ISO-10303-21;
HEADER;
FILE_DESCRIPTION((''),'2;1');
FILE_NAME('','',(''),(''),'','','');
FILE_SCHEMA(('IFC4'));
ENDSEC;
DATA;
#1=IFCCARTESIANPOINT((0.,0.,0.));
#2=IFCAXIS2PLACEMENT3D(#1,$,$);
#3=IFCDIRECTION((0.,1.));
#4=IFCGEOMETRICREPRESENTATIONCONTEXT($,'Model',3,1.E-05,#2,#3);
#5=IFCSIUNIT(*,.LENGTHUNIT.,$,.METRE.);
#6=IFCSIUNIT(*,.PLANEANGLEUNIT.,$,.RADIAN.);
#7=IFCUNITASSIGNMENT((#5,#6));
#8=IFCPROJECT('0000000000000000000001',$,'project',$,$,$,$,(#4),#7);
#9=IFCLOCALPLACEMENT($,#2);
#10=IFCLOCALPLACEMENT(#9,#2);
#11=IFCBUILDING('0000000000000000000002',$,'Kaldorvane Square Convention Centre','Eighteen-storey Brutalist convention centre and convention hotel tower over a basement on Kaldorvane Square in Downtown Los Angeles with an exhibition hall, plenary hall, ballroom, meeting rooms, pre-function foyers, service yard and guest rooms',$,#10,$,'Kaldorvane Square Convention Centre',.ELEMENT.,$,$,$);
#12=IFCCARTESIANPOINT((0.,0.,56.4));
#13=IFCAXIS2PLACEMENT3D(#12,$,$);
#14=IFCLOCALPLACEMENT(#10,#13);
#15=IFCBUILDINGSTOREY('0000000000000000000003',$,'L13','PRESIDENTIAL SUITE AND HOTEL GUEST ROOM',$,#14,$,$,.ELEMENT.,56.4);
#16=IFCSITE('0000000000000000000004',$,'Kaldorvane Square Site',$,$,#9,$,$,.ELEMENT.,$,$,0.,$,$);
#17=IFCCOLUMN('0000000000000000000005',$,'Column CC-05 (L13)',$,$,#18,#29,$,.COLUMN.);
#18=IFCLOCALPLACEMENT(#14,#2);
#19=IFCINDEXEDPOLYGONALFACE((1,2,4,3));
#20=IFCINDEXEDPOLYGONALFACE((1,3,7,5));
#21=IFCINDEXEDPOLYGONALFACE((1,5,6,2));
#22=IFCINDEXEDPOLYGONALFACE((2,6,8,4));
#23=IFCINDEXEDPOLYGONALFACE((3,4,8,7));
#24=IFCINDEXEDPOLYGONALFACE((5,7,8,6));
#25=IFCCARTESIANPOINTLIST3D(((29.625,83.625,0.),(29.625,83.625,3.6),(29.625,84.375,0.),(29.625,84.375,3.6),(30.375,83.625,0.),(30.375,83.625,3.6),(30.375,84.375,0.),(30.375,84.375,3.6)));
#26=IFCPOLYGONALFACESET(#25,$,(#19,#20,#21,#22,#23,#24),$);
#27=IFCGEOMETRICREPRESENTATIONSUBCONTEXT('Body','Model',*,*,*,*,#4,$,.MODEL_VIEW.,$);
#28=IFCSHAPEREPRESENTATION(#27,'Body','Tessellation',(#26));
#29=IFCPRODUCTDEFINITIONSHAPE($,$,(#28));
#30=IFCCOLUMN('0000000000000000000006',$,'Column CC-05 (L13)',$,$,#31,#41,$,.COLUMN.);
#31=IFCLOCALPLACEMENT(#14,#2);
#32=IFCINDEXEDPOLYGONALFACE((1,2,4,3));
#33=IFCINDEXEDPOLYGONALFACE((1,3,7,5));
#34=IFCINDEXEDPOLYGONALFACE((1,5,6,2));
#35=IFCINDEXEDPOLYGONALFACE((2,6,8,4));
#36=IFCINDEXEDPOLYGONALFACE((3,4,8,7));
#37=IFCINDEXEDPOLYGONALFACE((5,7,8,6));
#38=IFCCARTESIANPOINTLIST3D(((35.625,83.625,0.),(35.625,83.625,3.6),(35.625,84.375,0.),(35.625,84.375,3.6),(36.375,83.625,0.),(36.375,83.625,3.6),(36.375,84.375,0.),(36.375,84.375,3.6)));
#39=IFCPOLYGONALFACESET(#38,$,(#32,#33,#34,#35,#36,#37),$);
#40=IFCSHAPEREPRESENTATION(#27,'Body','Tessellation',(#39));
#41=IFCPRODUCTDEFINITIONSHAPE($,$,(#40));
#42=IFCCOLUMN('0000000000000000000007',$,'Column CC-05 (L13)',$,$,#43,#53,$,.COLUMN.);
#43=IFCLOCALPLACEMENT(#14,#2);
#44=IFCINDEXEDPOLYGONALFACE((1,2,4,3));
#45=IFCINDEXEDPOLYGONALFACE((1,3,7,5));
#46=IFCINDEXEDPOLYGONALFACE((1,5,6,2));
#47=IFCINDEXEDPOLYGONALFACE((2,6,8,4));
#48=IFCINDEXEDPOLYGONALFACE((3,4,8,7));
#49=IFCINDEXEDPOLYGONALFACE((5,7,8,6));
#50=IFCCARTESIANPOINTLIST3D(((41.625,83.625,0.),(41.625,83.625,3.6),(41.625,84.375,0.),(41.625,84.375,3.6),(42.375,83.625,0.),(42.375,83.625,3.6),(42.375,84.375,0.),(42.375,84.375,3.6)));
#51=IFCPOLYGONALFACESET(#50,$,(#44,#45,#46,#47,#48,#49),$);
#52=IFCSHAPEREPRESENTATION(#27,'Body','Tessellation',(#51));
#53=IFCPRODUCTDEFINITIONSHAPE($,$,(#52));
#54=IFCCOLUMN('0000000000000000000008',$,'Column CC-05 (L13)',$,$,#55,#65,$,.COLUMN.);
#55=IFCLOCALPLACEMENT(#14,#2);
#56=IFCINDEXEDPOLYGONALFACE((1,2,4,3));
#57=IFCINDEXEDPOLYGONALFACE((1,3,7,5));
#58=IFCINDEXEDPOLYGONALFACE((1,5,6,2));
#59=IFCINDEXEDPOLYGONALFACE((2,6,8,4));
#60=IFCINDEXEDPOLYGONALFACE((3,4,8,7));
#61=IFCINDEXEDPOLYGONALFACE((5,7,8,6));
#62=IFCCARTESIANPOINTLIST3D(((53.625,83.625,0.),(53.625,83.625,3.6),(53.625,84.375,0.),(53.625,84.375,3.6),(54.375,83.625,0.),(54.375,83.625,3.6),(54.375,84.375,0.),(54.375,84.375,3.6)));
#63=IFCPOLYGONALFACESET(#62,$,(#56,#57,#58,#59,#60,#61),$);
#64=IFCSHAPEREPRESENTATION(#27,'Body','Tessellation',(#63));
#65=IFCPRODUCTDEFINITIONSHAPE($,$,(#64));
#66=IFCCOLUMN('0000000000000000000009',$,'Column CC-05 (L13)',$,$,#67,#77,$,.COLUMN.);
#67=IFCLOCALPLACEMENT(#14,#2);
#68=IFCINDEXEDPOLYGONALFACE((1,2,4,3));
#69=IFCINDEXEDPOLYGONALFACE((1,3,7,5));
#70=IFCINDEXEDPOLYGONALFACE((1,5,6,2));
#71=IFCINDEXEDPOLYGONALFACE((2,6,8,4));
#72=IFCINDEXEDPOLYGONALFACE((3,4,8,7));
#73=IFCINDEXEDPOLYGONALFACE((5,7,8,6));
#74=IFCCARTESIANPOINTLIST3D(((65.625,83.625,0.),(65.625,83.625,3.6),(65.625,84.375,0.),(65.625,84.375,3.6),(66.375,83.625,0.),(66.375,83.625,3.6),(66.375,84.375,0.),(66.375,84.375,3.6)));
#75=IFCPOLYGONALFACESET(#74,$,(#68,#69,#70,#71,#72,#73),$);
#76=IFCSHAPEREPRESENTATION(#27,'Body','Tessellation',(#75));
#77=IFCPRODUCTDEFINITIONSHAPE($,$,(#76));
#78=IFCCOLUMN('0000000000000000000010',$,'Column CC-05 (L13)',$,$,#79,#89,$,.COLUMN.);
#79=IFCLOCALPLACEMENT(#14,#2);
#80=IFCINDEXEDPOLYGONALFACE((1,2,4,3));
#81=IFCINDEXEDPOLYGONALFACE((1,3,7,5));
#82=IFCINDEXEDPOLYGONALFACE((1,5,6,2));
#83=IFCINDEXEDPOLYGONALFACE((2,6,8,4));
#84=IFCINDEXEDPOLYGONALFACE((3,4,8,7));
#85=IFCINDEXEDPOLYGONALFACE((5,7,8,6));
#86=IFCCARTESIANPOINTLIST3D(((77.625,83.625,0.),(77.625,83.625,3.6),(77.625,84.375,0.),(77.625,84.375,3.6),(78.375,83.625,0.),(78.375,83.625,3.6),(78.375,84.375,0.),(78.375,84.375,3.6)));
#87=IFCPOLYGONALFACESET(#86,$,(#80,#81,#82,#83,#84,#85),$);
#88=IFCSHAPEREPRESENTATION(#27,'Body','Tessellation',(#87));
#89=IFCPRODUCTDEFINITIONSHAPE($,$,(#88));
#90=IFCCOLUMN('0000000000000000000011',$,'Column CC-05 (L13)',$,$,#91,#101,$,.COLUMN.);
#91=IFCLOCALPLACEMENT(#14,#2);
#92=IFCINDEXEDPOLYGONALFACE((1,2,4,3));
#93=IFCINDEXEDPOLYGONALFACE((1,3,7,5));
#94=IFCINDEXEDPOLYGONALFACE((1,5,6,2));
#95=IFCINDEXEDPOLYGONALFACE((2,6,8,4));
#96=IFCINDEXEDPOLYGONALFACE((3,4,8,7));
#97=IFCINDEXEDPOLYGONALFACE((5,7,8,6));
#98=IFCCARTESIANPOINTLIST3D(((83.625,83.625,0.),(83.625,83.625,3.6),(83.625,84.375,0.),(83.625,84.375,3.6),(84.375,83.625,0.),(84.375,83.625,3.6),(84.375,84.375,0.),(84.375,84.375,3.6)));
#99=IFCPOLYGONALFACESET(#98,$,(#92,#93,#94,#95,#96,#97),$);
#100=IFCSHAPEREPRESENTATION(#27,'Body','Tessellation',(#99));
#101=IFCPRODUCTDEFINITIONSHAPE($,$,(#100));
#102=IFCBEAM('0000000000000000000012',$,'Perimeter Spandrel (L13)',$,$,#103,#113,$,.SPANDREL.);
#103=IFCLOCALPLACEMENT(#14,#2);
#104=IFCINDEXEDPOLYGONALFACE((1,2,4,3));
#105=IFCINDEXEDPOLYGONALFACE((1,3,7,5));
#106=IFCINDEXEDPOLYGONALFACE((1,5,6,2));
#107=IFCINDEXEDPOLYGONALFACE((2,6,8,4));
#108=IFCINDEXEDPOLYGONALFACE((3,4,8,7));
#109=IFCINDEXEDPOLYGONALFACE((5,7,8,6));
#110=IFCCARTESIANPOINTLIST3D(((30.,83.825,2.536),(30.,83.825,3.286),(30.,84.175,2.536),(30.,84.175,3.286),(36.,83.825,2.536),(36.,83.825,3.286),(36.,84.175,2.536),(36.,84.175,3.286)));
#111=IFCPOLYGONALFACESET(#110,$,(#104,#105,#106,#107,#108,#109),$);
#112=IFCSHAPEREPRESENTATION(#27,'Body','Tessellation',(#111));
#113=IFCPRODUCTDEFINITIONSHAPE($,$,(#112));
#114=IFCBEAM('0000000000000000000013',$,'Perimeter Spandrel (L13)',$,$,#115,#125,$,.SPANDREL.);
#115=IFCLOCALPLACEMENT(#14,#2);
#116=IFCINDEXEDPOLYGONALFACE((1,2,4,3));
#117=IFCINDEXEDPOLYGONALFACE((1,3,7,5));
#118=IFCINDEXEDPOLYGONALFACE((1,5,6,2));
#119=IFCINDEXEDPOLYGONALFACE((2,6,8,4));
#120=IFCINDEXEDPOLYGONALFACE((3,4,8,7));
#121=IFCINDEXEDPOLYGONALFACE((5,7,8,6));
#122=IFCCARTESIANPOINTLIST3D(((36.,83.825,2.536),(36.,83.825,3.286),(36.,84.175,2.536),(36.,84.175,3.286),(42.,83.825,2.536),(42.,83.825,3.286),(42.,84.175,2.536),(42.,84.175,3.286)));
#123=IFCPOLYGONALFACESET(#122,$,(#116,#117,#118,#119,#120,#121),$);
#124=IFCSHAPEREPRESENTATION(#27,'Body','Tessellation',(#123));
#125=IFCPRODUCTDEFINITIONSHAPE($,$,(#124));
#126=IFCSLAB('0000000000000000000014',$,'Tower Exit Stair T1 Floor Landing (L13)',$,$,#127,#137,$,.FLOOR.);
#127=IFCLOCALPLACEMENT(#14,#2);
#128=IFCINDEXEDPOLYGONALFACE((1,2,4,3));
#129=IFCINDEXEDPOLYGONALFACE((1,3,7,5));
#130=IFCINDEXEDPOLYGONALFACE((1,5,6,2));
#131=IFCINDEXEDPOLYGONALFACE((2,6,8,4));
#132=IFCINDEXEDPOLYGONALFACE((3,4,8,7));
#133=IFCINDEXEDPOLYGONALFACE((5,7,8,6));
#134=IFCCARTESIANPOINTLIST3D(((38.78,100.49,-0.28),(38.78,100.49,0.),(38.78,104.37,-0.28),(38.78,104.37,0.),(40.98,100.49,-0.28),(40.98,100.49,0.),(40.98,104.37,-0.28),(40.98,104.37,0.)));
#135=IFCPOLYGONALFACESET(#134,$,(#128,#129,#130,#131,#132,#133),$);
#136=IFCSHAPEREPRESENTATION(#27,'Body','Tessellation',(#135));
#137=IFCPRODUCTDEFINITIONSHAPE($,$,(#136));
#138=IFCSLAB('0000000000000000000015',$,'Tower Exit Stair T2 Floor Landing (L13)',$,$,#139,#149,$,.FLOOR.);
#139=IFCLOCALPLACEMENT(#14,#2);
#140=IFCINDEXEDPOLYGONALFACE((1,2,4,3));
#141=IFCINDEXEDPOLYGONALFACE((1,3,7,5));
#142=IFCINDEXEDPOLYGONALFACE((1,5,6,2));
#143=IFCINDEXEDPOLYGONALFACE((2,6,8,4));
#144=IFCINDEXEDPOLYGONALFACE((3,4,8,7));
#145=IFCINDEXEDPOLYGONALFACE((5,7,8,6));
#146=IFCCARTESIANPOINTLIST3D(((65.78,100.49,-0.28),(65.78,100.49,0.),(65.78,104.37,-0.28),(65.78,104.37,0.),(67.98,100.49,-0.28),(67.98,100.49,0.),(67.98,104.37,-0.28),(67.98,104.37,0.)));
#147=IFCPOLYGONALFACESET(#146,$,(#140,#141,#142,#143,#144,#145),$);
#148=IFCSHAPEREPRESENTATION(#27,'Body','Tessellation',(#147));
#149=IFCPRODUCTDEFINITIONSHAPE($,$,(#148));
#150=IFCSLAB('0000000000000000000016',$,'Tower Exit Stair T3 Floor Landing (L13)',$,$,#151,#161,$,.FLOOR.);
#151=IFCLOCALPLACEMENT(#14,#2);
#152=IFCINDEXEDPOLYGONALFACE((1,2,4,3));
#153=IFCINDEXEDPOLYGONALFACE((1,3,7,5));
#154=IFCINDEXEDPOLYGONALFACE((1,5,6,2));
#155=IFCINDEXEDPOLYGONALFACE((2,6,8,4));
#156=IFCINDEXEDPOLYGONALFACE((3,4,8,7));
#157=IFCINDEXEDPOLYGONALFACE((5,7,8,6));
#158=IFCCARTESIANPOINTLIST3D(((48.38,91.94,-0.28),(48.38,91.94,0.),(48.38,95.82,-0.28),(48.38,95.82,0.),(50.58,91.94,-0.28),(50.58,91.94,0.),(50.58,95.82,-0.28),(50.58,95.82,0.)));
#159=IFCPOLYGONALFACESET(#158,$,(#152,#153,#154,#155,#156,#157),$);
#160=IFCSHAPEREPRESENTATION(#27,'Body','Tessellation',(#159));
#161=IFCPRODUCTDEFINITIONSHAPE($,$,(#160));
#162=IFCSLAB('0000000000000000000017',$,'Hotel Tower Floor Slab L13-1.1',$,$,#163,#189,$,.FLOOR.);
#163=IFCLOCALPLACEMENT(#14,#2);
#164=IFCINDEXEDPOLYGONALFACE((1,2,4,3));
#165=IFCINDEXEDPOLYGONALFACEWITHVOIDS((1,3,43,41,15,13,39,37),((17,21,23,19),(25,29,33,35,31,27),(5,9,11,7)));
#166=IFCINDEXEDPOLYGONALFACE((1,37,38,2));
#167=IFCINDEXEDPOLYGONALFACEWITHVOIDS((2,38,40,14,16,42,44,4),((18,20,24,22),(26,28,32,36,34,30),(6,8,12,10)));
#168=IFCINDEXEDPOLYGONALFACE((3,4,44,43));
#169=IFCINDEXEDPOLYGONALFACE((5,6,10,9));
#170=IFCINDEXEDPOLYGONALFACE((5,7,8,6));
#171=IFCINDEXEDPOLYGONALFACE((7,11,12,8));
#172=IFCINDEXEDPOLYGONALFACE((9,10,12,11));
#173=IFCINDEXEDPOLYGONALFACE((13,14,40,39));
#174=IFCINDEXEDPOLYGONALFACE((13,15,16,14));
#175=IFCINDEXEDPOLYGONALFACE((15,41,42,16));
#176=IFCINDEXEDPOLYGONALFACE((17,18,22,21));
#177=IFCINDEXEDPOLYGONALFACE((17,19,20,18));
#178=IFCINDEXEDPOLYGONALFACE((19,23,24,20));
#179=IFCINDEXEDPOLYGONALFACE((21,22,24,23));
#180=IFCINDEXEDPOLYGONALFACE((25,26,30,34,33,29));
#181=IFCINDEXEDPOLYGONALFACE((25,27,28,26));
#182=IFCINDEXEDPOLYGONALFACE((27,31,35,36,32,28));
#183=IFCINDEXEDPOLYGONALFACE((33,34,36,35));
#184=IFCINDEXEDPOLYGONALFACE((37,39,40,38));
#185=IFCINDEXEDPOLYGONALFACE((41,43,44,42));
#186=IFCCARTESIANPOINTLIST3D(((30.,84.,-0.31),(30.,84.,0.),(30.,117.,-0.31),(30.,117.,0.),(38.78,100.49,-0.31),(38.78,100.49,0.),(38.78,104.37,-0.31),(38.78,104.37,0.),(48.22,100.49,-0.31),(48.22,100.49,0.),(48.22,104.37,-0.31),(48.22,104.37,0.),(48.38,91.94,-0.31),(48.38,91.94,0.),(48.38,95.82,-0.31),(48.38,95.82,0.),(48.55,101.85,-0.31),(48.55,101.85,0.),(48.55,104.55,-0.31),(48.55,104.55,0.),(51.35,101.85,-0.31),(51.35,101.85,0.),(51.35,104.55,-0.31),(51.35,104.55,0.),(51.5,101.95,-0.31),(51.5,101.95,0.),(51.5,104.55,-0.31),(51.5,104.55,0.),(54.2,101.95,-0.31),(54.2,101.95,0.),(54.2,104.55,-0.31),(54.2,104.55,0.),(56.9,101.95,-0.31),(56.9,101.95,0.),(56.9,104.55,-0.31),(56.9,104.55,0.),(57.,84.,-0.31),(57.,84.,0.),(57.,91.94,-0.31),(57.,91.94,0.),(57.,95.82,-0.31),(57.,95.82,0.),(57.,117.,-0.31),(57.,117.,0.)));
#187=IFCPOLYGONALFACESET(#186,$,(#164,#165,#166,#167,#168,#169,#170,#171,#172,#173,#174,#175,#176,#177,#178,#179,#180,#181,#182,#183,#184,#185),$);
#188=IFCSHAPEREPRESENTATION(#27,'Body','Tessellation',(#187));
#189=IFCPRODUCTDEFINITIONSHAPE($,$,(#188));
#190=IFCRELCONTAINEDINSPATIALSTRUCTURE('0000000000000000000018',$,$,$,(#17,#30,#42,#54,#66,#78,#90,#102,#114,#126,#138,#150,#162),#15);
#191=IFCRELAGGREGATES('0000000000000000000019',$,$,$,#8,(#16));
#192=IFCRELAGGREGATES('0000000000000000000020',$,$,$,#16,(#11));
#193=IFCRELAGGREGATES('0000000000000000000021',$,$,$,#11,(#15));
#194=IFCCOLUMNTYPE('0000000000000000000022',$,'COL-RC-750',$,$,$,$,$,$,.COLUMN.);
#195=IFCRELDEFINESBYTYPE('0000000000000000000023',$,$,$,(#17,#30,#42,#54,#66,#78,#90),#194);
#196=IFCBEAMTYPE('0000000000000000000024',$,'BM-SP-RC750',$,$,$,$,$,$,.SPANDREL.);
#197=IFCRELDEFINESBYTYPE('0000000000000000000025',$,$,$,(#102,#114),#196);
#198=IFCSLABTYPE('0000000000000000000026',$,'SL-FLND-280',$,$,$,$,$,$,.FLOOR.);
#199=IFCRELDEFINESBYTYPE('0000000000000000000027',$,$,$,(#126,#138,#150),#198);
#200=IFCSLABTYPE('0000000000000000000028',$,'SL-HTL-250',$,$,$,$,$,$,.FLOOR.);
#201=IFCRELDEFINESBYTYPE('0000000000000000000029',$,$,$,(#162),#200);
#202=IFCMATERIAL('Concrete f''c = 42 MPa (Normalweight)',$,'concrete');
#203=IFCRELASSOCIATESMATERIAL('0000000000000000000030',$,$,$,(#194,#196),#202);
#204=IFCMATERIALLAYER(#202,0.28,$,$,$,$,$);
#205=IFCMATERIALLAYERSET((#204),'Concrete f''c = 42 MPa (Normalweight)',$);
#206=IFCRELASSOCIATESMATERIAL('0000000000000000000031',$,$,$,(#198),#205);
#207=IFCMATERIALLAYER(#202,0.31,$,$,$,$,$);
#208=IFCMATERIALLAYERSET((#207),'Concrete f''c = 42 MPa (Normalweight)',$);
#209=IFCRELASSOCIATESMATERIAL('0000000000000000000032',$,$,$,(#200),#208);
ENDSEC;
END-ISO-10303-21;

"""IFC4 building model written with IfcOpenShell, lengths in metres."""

from ifc_helpers import new_model, si_unit, direction, frame, origin, origin_2d, place, context, subcontext, project, spatial, polyline, rectangle, outline, extrude, material, layer, layer_set, material_profile, profile_set, type_object, element, save


model = new_model("IFC4")

# Units and contexts
model_context = context("Model", 3, precision=1e-05, world=origin(), true_north=direction((0.0, 1.0)))
body_context = subcontext(model_context, "Body", "Model", "MODEL_VIEW")
ifc_project = project(units=[si_unit("LENGTHUNIT", "METRE"), si_unit("PLANEANGLEUNIT", "RADIAN")], contexts=[model_context])

# Site, building, storey
site_placement = place(None, origin())
site = spatial("IfcSite", under=ifc_project, at=site_placement, Name="Kaldorvane Square Site", CompositionType="ELEMENT", RefElevation=0.0)
building_placement = place(site_placement, origin())
building = spatial("IfcBuilding", under=site, at=building_placement, Name="Kaldorvane Square Convention Centre", Description="Eighteen-storey Brutalist convention centre and convention hotel tower over a basement on Kaldorvane Square in Downtown Los Angeles with an exhibition hall, plenary hall, ballroom, meeting rooms, pre-function foyers, service yard and guest rooms", LongName="Kaldorvane Square Convention Centre", CompositionType="ELEMENT")
storey_placement = place(building_placement, frame((0.0, 0.0, 56.4)))
storey = spatial("IfcBuildingStorey", under=building, at=storey_placement, Name="L13", Description="PRESIDENTIAL SUITE AND HOTEL GUEST ROOM", CompositionType="ELEMENT", Elevation=56.4)

# Columns
ifc_material = material(Name="Concrete f'c = 42 MPa (Normalweight)", Category="concrete")
ifc_material_profile_1 = material_profile(ifc_material, rectangle(XDim=0.75, YDim=0.75, at=origin_2d()), Name="RC750X750")
ifc_profile_set_1 = profile_set([ifc_material_profile_1], Name="Concrete f'c = 42 MPa (Normalweight)")
column_type = type_object("IfcColumnType", Name="COL-RC-750", PredefinedType="COLUMN", material=ifc_profile_set_1)
for number, where, z_axis, x_axis, name in (
    (1, (30.0, 84.0, 0.0), (0.0, 0.0, 1.0), (1.0, 0.0, 0.0), "Column CC-05 (L13)"),
    (2, (36.0, 84.0, 0.0), (0.0, 0.0, 1.0), (1.0, 0.0, 0.0), "Column CC-05 (L13)"),
    (3, (42.0, 84.0, 0.0), (0.0, 0.0, 1.0), (1.0, 0.0, 0.0), "Column CC-05 (L13)"),
    (4, (54.0, 84.0, 0.0), (0.0, 0.0, 1.0), (1.0, 0.0, 0.0), "Column CC-05 (L13)"),
    (5, (66.0, 84.0, 0.0), (0.0, 0.0, 1.0), (1.0, 0.0, 0.0), "Column CC-05 (L13)"),
    (6, (78.0, 84.0, 0.0), (0.0, 0.0, 1.0), (1.0, 0.0, 0.0), "Column CC-05 (L13)"),
    (7, (84.0, 84.0, 0.0), (0.0, 0.0, 1.0), (1.0, 0.0, 0.0), "Column CC-05 (L13)"),
):
    element("IfcColumn", number, at=place(storey_placement, frame(where, z_axis=z_axis, x_axis=x_axis)), inside=storey, type_object=column_type, Name=name, PredefinedType="COLUMN", context=body_context, shape_type="SweptSolid", body=[
        extrude(rectangle(XDim=0.75, YDim=0.75, at=origin_2d()), origin(), (0.0, 0.0, 1.0), 3.6),
    ])

# Beams
ifc_material_profile_2 = material_profile(ifc_material, rectangle(XDim=0.35, YDim=0.75, at=origin_2d()), Name="RCSP750X350")
ifc_profile_set_2 = profile_set([ifc_material_profile_2], Name="Concrete f'c = 42 MPa (Normalweight)")
beam_type = type_object("IfcBeamType", Name="BM-SP-RC750", PredefinedType="SPANDREL", material=ifc_profile_set_2)
for number, where, z_axis, x_axis, name in (
    (8, (30.0, 84.0, 2.911), (1.0, 0.0, 0.0), (0.0, 1.0, 0.0), "Perimeter Spandrel (L13)"),
    (9, (36.0, 84.0, 2.911), (1.0, 0.0, 0.0), (0.0, 1.0, 0.0), "Perimeter Spandrel (L13)"),
):
    element("IfcBeam", number, at=place(storey_placement, frame(where, z_axis=z_axis, x_axis=x_axis)), inside=storey, type_object=beam_type, Name=name, PredefinedType="SPANDREL", context=body_context, shape_type="SweptSolid", body=[
        extrude(rectangle(XDim=0.35, YDim=0.75, at=origin_2d()), origin(), (0.0, 0.0, 1.0), 6.0),
    ])

# Slabs
ifc_layer_1 = layer(ifc_material, 0.28)
ifc_layer_set_1 = layer_set([ifc_layer_1], Name="Concrete f'c = 42 MPa (Normalweight)")
slab_type_1 = type_object("IfcSlabType", Name="SL-FLND-280", PredefinedType="FLOOR", material=ifc_layer_set_1)
slab_1_placement = place(storey_placement, frame((0.0, 0.0, -0.28)))
element("IfcSlab", 10, at=slab_1_placement, inside=storey, type_object=slab_type_1, Name="Tower Exit Stair T1 Floor Landing (L13)", PredefinedType="FLOOR", context=body_context, shape_type="SweptSolid", body=[
    extrude(outline(polyline([(38.78, 100.49), (40.98, 100.49), (40.98, 104.37), (38.78, 104.37), (38.78, 100.49)])), origin(), (0.0, 0.0, 1.0), 0.28),
])
slab_2_placement = place(storey_placement, frame((0.0, 0.0, -0.28)))
element("IfcSlab", 11, at=slab_2_placement, inside=storey, type_object=slab_type_1, Name="Tower Exit Stair T2 Floor Landing (L13)", PredefinedType="FLOOR", context=body_context, shape_type="SweptSolid", body=[
    extrude(outline(polyline([(65.78, 100.49), (67.98, 100.49), (67.98, 104.37), (65.78, 104.37), (65.78, 100.49)])), origin(), (0.0, 0.0, 1.0), 0.28),
])
slab_3_placement = place(storey_placement, frame((0.0, 0.0, -0.28)))
element("IfcSlab", 12, at=slab_3_placement, inside=storey, type_object=slab_type_1, Name="Tower Exit Stair T3 Floor Landing (L13)", PredefinedType="FLOOR", context=body_context, shape_type="SweptSolid", body=[
    extrude(outline(polyline([(48.38, 91.94), (50.58, 91.94), (50.58, 95.82), (48.38, 95.82), (48.38, 91.94)])), origin(), (0.0, 0.0, 1.0), 0.28),
])
ifc_layer_2 = layer(ifc_material, 0.31)
ifc_layer_set_2 = layer_set([ifc_layer_2], Name="Concrete f'c = 42 MPa (Normalweight)")
slab_type_2 = type_object("IfcSlabType", Name="SL-HTL-250", PredefinedType="FLOOR", material=ifc_layer_set_2)
slab_4_placement = place(storey_placement, frame((0.0, 0.0, -0.31)))
element("IfcSlab", 13, at=slab_4_placement, inside=storey, type_object=slab_type_2, Name="Hotel Tower Floor Slab L13-1.1", PredefinedType="FLOOR", context=body_context, shape_type="SweptSolid", body=[
    extrude(outline(polyline([(30.0, 117.0), (57.0, 117.0), (57.0, 95.82), (48.38, 95.82), (48.38, 91.94), (57.0, 91.94), (57.0, 84.0), (30.0, 84.0), (30.0, 117.0)]), holes=[polyline([(38.78, 104.37), (38.78, 100.49), (48.22, 100.49), (48.22, 104.37), (38.78, 104.37)]), polyline([(48.55, 104.55), (48.55, 101.85), (51.35, 101.85), (51.35, 104.55), (48.55, 104.55)]), polyline([(51.5, 104.55), (51.5, 101.95), (54.2, 101.95), (56.9, 101.95), (56.9, 104.55), (54.2, 104.55), (51.5, 104.55)])]), origin(), (0.0, 0.0, 1.0), 0.31),
])

save(model, "model.ifc")
